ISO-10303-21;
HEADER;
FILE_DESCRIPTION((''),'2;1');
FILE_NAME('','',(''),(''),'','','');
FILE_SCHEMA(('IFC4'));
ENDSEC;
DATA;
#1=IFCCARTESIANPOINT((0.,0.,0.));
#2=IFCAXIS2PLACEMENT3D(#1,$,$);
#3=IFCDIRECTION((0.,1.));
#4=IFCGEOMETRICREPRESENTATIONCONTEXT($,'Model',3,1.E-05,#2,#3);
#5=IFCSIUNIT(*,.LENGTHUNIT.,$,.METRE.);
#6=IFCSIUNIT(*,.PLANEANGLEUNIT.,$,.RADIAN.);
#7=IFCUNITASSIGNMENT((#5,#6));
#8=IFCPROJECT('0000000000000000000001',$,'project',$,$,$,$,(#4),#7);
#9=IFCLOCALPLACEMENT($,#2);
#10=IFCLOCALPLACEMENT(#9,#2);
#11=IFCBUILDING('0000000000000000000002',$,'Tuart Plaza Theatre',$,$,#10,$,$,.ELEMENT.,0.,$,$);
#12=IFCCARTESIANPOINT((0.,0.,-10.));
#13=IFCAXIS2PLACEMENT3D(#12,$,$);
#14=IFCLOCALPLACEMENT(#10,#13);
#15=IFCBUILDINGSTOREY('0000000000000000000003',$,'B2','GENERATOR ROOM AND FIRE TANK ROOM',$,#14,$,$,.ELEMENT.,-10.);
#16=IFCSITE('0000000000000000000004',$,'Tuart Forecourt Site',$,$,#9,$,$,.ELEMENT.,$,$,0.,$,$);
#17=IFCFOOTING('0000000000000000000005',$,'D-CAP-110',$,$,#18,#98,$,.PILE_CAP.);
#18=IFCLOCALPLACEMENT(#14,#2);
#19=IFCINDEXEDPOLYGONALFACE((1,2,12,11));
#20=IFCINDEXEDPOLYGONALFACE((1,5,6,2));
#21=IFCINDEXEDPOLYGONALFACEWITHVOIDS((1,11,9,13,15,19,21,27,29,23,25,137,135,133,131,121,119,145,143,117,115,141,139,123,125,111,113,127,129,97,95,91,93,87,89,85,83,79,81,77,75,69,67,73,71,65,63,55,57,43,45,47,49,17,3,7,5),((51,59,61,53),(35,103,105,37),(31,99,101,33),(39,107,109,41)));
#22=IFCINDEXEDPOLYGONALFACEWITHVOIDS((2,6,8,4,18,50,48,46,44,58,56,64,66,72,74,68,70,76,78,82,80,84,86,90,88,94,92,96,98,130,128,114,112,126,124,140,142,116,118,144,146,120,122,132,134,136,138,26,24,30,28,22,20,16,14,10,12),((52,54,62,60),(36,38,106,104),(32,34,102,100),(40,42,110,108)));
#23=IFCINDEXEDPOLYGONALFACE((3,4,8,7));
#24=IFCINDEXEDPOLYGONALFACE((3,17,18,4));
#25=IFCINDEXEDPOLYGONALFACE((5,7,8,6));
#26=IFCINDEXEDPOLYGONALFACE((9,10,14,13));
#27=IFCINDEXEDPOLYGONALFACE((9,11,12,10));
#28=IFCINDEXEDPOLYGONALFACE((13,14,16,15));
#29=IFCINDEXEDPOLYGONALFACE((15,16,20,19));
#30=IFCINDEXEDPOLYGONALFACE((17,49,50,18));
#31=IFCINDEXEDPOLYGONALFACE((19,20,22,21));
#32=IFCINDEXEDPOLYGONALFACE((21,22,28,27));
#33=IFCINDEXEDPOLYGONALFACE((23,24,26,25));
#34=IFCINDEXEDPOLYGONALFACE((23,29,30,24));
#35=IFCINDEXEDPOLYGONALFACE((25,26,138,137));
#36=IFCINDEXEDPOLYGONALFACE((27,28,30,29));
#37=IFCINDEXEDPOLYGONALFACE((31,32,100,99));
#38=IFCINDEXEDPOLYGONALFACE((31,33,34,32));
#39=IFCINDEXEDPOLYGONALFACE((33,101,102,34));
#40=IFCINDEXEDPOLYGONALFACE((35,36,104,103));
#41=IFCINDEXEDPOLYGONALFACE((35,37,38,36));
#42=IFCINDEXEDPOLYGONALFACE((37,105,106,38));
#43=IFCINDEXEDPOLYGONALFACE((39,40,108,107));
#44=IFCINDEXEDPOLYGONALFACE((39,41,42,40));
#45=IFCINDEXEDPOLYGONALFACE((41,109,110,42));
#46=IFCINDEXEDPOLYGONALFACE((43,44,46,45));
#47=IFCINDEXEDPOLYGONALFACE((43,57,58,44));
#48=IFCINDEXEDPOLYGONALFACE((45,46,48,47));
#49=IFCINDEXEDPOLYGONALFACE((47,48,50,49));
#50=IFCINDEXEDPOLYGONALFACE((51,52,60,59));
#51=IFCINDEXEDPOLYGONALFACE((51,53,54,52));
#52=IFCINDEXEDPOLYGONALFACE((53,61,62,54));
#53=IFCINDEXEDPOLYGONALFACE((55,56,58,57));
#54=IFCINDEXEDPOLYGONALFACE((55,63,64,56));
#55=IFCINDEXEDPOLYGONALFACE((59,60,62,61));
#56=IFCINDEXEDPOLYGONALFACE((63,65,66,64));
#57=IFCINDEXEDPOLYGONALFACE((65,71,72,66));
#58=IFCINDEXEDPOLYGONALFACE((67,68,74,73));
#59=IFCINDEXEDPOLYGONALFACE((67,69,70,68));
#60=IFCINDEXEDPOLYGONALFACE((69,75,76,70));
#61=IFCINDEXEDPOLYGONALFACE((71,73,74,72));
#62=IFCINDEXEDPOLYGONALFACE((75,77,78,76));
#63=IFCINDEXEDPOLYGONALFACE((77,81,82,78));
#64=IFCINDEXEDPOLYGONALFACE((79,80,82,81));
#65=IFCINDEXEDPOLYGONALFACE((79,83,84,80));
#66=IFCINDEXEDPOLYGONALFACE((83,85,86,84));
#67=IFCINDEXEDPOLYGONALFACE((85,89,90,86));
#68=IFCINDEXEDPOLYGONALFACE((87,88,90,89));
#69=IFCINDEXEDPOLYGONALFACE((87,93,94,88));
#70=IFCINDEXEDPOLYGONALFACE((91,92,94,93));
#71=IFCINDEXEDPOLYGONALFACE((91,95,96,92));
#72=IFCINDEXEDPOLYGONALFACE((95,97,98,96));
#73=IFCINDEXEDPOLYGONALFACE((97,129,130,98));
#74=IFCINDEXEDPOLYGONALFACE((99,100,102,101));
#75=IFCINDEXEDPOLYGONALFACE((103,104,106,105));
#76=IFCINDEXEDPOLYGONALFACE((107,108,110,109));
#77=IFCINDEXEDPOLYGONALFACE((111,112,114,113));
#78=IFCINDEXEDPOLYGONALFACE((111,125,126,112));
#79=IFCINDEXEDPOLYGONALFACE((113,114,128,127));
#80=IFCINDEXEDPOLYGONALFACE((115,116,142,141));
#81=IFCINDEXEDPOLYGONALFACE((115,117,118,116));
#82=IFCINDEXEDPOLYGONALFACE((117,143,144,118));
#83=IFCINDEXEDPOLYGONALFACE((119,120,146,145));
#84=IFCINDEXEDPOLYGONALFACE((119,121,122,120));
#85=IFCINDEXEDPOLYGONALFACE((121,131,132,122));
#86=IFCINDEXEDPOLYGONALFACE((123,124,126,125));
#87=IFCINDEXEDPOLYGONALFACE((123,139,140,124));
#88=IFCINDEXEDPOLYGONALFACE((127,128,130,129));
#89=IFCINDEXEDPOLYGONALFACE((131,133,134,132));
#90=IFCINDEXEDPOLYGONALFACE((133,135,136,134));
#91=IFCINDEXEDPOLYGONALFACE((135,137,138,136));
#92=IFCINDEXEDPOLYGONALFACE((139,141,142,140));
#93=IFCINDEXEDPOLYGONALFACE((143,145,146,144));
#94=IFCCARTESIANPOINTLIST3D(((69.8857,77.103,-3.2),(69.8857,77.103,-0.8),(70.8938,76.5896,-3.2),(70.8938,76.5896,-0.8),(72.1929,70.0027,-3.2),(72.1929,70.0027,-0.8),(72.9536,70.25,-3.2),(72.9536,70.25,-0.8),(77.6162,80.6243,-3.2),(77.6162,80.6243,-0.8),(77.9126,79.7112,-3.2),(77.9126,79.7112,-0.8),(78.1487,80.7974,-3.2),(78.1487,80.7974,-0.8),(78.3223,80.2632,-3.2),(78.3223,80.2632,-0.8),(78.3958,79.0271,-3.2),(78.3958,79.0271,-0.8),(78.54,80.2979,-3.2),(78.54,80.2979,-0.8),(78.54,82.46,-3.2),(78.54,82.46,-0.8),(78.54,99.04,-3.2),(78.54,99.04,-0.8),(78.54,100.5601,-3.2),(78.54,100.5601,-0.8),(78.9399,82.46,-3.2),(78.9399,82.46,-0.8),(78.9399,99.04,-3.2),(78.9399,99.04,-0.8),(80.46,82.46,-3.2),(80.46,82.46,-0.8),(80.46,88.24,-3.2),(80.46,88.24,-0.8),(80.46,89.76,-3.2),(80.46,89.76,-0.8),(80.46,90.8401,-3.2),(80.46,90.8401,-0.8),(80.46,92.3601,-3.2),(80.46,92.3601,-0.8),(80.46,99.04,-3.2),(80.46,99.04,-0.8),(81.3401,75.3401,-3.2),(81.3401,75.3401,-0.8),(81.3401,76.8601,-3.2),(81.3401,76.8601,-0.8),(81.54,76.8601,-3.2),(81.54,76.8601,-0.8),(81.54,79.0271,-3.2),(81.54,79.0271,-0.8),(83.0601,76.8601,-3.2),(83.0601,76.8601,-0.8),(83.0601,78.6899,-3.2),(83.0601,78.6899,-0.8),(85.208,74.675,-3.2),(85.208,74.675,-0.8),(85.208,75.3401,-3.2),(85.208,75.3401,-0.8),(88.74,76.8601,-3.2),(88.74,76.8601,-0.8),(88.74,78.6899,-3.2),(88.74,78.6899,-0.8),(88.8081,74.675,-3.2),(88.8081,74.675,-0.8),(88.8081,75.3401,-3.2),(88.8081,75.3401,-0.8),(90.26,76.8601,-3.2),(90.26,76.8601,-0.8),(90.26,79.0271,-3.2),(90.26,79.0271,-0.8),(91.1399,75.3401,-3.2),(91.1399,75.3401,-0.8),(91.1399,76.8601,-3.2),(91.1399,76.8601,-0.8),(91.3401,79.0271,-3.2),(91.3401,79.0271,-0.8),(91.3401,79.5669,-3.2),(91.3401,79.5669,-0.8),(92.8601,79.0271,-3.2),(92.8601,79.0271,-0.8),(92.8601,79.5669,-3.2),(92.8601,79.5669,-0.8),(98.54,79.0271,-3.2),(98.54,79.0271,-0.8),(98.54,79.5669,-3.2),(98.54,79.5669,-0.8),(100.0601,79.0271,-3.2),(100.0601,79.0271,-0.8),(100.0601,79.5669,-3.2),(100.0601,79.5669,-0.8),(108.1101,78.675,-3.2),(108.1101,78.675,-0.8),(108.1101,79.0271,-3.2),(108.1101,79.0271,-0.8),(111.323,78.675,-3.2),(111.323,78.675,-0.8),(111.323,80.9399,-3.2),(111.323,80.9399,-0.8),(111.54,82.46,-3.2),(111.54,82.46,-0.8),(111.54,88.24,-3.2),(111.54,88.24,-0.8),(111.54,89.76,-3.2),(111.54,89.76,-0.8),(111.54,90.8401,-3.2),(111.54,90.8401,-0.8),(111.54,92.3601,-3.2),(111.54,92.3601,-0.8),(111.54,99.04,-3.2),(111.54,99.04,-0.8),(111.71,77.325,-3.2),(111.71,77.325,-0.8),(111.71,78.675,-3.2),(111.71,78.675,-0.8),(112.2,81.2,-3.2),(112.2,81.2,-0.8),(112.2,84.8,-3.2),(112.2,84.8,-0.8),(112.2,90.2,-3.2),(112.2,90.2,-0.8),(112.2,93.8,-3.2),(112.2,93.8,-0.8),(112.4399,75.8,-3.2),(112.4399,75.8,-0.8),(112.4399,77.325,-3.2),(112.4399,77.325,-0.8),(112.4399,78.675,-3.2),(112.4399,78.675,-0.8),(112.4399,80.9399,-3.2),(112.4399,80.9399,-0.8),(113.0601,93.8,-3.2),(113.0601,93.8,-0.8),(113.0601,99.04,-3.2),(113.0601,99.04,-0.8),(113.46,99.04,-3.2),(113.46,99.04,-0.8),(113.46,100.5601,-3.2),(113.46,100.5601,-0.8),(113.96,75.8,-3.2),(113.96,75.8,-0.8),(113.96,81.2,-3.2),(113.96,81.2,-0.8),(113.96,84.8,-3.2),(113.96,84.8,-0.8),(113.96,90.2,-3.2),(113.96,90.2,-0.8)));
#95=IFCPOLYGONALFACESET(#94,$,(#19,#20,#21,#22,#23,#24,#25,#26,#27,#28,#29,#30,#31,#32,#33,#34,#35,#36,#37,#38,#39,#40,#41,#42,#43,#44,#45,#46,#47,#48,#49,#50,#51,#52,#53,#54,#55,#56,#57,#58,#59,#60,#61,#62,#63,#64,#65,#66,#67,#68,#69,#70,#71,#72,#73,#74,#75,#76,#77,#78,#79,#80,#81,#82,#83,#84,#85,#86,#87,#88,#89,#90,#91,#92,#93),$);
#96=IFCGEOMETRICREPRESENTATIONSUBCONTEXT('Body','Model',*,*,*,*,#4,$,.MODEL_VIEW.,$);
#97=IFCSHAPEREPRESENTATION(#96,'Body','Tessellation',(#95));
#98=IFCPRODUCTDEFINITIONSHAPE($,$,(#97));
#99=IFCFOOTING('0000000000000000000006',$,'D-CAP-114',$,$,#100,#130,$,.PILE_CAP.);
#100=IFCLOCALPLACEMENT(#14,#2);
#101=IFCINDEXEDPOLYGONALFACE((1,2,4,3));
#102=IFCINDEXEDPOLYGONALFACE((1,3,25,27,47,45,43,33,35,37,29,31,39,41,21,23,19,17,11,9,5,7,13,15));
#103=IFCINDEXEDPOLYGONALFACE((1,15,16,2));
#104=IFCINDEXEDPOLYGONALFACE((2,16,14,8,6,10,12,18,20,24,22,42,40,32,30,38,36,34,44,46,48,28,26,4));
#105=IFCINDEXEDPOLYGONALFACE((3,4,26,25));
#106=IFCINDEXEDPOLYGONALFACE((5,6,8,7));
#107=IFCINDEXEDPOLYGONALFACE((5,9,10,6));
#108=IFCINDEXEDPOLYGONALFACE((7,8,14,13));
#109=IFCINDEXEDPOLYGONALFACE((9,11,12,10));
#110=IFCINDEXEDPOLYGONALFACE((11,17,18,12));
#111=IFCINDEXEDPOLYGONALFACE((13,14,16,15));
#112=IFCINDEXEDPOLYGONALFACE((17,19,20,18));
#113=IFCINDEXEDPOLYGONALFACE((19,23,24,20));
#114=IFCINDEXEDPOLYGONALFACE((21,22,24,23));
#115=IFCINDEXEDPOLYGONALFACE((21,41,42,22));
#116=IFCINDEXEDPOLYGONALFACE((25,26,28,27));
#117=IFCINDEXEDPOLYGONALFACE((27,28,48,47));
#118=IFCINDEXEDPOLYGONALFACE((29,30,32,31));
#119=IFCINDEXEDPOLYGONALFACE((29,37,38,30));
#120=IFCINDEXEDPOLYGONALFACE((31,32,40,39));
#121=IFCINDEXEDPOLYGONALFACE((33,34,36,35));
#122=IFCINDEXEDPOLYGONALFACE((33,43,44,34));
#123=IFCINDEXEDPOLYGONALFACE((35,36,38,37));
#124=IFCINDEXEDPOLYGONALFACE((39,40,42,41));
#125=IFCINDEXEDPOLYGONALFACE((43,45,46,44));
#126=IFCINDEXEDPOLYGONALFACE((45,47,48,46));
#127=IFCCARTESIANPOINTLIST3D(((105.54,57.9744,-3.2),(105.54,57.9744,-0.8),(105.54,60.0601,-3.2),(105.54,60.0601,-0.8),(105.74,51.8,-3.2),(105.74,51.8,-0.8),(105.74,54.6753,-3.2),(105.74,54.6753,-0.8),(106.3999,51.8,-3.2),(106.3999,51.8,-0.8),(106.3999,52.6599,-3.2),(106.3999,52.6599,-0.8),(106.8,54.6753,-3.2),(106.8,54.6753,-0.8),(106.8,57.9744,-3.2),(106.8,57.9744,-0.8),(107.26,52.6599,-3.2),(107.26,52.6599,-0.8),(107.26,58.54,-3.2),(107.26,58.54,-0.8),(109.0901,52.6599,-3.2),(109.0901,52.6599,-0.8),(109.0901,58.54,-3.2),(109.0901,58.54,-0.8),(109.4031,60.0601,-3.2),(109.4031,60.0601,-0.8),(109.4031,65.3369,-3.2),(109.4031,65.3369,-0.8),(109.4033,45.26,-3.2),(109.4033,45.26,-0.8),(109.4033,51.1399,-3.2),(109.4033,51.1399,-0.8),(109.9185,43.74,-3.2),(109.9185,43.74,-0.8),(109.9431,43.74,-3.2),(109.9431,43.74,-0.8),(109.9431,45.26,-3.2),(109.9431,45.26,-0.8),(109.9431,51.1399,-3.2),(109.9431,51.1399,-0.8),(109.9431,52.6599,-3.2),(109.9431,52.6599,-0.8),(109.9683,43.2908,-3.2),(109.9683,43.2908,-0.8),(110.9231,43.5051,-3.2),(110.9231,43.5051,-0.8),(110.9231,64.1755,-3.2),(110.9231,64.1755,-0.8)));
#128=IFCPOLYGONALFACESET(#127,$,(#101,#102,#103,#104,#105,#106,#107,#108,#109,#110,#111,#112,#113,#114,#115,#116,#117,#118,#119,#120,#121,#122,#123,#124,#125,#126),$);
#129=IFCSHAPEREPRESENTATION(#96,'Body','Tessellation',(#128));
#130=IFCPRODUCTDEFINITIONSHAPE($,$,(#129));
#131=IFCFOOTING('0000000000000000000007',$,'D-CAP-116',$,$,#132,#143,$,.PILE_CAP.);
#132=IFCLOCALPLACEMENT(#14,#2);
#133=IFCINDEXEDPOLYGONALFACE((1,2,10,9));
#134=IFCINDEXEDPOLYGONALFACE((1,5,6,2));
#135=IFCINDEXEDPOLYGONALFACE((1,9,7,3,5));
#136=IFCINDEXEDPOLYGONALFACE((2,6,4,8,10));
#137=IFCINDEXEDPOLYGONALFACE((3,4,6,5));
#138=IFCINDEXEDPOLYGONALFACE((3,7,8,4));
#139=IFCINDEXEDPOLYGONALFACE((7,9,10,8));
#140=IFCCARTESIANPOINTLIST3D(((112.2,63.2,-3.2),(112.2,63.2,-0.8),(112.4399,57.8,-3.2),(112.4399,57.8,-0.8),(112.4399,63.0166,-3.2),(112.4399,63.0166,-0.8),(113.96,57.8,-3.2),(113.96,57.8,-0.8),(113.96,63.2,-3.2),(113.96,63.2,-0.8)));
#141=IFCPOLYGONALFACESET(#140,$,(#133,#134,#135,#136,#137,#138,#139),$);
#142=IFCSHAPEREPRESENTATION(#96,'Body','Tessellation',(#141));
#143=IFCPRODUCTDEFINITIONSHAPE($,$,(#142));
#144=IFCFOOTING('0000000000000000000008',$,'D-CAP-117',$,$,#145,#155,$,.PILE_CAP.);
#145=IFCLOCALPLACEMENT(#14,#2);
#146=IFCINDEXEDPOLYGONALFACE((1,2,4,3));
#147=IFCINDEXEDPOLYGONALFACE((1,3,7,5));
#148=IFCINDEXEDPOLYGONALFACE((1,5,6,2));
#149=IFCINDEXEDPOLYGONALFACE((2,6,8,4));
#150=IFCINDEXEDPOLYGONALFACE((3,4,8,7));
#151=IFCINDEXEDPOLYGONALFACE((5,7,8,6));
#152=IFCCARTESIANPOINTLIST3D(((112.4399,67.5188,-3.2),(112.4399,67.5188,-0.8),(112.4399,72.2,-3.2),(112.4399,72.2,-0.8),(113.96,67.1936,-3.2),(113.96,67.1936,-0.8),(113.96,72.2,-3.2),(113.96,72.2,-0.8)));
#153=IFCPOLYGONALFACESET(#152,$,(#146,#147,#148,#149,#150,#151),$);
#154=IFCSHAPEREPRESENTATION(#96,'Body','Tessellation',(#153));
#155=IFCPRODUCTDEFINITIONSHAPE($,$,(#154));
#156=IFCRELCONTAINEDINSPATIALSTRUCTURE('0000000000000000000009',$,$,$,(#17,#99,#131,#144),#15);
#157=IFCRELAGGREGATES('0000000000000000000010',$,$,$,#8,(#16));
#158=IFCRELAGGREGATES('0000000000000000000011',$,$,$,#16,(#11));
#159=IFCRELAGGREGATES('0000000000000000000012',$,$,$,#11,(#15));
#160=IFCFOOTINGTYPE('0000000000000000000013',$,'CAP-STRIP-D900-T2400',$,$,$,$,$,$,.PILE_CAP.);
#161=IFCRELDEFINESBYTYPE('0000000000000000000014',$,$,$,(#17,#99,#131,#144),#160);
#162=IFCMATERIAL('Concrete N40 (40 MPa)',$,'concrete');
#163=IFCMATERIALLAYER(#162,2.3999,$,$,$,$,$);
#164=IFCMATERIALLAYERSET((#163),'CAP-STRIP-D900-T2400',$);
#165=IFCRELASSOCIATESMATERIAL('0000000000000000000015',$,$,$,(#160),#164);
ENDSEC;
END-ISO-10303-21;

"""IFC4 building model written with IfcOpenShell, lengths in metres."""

from ifc_helpers import new_model, si_unit, direction, frame, origin, place, context, subcontext, project, spatial, polyline, outline, extrude, material, layer, layer_set, type_object, element, save


model = new_model("IFC4")

# Units and contexts
model_context = context("Model", 3, precision=1e-05, world=origin(), true_north=direction((0.0, 1.0)))
body_context = subcontext(model_context, "Body", "Model", "MODEL_VIEW")
ifc_project = project(units=[si_unit("LENGTHUNIT", "METRE"), si_unit("PLANEANGLEUNIT", "RADIAN")], contexts=[model_context])

# Site, building, storey
site_placement = place(None, origin())
site = spatial("IfcSite", under=ifc_project, at=site_placement, Name="Tuart Forecourt Site", CompositionType="ELEMENT", RefElevation=0.0)
building_placement = place(site_placement, origin())
building = spatial("IfcBuilding", under=site, at=building_placement, Name="Tuart Plaza Theatre", CompositionType="ELEMENT", ElevationOfRefHeight=0.0)
storey_placement = place(building_placement, frame((0.0, 0.0, -10.0)))
storey = spatial("IfcBuildingStorey", under=building, at=storey_placement, Name="B2", Description="GENERATOR ROOM AND FIRE TANK ROOM", CompositionType="ELEMENT", Elevation=-10.0)

# Footings
ifc_material_1 = material(Name="Concrete N40 (40 MPa)", Category="concrete")
ifc_layer_1 = layer(ifc_material_1, 2.3999)
ifc_layer_set_1 = layer_set([ifc_layer_1], Name="CAP-STRIP-D900-T2400")
footing_type_1 = type_object("IfcFootingType", Name="CAP-STRIP-D900-T2400", PredefinedType="PILE_CAP", material=ifc_layer_set_1)
footing_1_placement = place(storey_placement, frame((0.0, 0.0, -3.2)))
element("IfcFooting", 1, at=footing_1_placement, inside=storey, type_object=footing_type_1, Name="D-CAP-110", PredefinedType="PILE_CAP", context=body_context, shape_type="SweptSolid", body=[
    extrude(outline(polyline([(70.8938, 76.5896), (78.3958, 79.0271), (81.54, 79.0271), (81.54, 76.8601), (81.3401, 76.8601), (81.3401, 75.3401), (85.208, 75.3401), (85.208, 74.675), (88.8081, 74.675), (88.8081, 75.3401), (91.1399, 75.3401), (91.1399, 76.8601), (90.26, 76.8601), (90.26, 79.0271), (91.3401, 79.0271), (91.3401, 79.5669), (92.8601, 79.5669), (92.8601, 79.0271), (98.54, 79.0271), (98.54, 79.5669), (100.0601, 79.5669), (100.0601, 79.0271), (108.1101, 79.0271), (108.1101, 78.675), (111.323, 78.675), (111.323, 80.9399), (112.4399, 80.9399), (112.4399, 78.675), (111.71, 78.675), (111.71, 77.325), (112.4399, 77.325), (112.4399, 75.8), (113.96, 75.8), (113.96, 81.2), (112.2, 81.2), (112.2, 84.8), (113.96, 84.8), (113.96, 90.2), (112.2, 90.2), (112.2, 93.8), (113.0601, 93.8), (113.0601, 99.04), (113.46, 99.04), (113.46, 100.5601), (78.54, 100.5601), (78.54, 99.04), (78.9399, 99.04), (78.9399, 82.46), (78.54, 82.46), (78.54, 80.2979), (78.3223, 80.2632), (78.1487, 80.7974), (77.6162, 80.6243), (77.9126, 79.7112), (69.8857, 77.103), (72.1929, 70.0027), (72.9536, 70.25), (70.8938, 76.5896)]), holes=[polyline([(80.46, 82.46), (111.54, 82.46), (111.54, 88.24), (80.46, 88.24), (80.46, 82.46)]), polyline([(80.46, 89.76), (111.54, 89.76), (111.54, 90.8401), (80.46, 90.8401), (80.46, 89.76)]), polyline([(80.46, 92.3601), (111.54, 92.3601), (111.54, 99.04), (80.46, 99.04), (80.46, 92.3601)]), polyline([(88.74, 78.6899), (83.0601, 78.6899), (83.0601, 76.8601), (88.74, 76.8601), (88.74, 78.6899)])]), origin(), (0.0, 0.0, 1.0), 2.3999),
])
footing_2_placement = place(storey_placement, frame((0.0, 0.0, -3.2)))
element("IfcFooting", 2, at=footing_2_placement, inside=storey, type_object=footing_type_1, Name="D-CAP-114", PredefinedType="PILE_CAP", context=body_context, shape_type="SweptSolid", body=[
    extrude(outline(polyline([(107.26, 58.54), (109.0901, 58.54), (109.0901, 52.6599), (109.9431, 52.6599), (109.9431, 51.1399), (109.4033, 51.1399), (109.4033, 45.26), (109.9431, 45.26), (109.9431, 43.74), (109.9185, 43.74), (109.9683, 43.2908), (110.9231, 43.5051), (110.9231, 64.1755), (109.4031, 65.3369), (109.4031, 60.0601), (105.54, 60.0601), (105.54, 57.9744), (106.8, 57.9744), (106.8, 54.6753), (105.74, 54.6753), (105.74, 51.8), (106.3999, 51.8), (106.3999, 52.6599), (107.26, 52.6599), (107.26, 58.54)])), origin(), (0.0, 0.0, 1.0), 2.3999),
])
footing_3_placement = place(storey_placement, frame((0.0, 0.0, -3.2)))
element("IfcFooting", 3, at=footing_3_placement, inside=storey, type_object=footing_type_1, Name="D-CAP-116", PredefinedType="PILE_CAP", context=body_context, shape_type="SweptSolid", body=[
    extrude(outline(polyline([(112.4399, 63.0166), (112.4399, 57.8), (113.96, 57.8), (113.96, 63.2), (112.2, 63.2), (112.4399, 63.0166)])), origin(), (0.0, 0.0, 1.0), 2.3999),
])
footing_4_placement = place(storey_placement, frame((0.0, 0.0, -3.2)))
element("IfcFooting", 4, at=footing_4_placement, inside=storey, type_object=footing_type_1, Name="D-CAP-117", PredefinedType="PILE_CAP", context=body_context, shape_type="SweptSolid", body=[
    extrude(outline(polyline([(113.96, 72.2), (112.4399, 72.2), (112.4399, 67.5188), (113.96, 67.1936), (113.96, 72.2)])), origin(), (0.0, 0.0, 1.0), 2.3999),
])

save(model, "model.ifc")
